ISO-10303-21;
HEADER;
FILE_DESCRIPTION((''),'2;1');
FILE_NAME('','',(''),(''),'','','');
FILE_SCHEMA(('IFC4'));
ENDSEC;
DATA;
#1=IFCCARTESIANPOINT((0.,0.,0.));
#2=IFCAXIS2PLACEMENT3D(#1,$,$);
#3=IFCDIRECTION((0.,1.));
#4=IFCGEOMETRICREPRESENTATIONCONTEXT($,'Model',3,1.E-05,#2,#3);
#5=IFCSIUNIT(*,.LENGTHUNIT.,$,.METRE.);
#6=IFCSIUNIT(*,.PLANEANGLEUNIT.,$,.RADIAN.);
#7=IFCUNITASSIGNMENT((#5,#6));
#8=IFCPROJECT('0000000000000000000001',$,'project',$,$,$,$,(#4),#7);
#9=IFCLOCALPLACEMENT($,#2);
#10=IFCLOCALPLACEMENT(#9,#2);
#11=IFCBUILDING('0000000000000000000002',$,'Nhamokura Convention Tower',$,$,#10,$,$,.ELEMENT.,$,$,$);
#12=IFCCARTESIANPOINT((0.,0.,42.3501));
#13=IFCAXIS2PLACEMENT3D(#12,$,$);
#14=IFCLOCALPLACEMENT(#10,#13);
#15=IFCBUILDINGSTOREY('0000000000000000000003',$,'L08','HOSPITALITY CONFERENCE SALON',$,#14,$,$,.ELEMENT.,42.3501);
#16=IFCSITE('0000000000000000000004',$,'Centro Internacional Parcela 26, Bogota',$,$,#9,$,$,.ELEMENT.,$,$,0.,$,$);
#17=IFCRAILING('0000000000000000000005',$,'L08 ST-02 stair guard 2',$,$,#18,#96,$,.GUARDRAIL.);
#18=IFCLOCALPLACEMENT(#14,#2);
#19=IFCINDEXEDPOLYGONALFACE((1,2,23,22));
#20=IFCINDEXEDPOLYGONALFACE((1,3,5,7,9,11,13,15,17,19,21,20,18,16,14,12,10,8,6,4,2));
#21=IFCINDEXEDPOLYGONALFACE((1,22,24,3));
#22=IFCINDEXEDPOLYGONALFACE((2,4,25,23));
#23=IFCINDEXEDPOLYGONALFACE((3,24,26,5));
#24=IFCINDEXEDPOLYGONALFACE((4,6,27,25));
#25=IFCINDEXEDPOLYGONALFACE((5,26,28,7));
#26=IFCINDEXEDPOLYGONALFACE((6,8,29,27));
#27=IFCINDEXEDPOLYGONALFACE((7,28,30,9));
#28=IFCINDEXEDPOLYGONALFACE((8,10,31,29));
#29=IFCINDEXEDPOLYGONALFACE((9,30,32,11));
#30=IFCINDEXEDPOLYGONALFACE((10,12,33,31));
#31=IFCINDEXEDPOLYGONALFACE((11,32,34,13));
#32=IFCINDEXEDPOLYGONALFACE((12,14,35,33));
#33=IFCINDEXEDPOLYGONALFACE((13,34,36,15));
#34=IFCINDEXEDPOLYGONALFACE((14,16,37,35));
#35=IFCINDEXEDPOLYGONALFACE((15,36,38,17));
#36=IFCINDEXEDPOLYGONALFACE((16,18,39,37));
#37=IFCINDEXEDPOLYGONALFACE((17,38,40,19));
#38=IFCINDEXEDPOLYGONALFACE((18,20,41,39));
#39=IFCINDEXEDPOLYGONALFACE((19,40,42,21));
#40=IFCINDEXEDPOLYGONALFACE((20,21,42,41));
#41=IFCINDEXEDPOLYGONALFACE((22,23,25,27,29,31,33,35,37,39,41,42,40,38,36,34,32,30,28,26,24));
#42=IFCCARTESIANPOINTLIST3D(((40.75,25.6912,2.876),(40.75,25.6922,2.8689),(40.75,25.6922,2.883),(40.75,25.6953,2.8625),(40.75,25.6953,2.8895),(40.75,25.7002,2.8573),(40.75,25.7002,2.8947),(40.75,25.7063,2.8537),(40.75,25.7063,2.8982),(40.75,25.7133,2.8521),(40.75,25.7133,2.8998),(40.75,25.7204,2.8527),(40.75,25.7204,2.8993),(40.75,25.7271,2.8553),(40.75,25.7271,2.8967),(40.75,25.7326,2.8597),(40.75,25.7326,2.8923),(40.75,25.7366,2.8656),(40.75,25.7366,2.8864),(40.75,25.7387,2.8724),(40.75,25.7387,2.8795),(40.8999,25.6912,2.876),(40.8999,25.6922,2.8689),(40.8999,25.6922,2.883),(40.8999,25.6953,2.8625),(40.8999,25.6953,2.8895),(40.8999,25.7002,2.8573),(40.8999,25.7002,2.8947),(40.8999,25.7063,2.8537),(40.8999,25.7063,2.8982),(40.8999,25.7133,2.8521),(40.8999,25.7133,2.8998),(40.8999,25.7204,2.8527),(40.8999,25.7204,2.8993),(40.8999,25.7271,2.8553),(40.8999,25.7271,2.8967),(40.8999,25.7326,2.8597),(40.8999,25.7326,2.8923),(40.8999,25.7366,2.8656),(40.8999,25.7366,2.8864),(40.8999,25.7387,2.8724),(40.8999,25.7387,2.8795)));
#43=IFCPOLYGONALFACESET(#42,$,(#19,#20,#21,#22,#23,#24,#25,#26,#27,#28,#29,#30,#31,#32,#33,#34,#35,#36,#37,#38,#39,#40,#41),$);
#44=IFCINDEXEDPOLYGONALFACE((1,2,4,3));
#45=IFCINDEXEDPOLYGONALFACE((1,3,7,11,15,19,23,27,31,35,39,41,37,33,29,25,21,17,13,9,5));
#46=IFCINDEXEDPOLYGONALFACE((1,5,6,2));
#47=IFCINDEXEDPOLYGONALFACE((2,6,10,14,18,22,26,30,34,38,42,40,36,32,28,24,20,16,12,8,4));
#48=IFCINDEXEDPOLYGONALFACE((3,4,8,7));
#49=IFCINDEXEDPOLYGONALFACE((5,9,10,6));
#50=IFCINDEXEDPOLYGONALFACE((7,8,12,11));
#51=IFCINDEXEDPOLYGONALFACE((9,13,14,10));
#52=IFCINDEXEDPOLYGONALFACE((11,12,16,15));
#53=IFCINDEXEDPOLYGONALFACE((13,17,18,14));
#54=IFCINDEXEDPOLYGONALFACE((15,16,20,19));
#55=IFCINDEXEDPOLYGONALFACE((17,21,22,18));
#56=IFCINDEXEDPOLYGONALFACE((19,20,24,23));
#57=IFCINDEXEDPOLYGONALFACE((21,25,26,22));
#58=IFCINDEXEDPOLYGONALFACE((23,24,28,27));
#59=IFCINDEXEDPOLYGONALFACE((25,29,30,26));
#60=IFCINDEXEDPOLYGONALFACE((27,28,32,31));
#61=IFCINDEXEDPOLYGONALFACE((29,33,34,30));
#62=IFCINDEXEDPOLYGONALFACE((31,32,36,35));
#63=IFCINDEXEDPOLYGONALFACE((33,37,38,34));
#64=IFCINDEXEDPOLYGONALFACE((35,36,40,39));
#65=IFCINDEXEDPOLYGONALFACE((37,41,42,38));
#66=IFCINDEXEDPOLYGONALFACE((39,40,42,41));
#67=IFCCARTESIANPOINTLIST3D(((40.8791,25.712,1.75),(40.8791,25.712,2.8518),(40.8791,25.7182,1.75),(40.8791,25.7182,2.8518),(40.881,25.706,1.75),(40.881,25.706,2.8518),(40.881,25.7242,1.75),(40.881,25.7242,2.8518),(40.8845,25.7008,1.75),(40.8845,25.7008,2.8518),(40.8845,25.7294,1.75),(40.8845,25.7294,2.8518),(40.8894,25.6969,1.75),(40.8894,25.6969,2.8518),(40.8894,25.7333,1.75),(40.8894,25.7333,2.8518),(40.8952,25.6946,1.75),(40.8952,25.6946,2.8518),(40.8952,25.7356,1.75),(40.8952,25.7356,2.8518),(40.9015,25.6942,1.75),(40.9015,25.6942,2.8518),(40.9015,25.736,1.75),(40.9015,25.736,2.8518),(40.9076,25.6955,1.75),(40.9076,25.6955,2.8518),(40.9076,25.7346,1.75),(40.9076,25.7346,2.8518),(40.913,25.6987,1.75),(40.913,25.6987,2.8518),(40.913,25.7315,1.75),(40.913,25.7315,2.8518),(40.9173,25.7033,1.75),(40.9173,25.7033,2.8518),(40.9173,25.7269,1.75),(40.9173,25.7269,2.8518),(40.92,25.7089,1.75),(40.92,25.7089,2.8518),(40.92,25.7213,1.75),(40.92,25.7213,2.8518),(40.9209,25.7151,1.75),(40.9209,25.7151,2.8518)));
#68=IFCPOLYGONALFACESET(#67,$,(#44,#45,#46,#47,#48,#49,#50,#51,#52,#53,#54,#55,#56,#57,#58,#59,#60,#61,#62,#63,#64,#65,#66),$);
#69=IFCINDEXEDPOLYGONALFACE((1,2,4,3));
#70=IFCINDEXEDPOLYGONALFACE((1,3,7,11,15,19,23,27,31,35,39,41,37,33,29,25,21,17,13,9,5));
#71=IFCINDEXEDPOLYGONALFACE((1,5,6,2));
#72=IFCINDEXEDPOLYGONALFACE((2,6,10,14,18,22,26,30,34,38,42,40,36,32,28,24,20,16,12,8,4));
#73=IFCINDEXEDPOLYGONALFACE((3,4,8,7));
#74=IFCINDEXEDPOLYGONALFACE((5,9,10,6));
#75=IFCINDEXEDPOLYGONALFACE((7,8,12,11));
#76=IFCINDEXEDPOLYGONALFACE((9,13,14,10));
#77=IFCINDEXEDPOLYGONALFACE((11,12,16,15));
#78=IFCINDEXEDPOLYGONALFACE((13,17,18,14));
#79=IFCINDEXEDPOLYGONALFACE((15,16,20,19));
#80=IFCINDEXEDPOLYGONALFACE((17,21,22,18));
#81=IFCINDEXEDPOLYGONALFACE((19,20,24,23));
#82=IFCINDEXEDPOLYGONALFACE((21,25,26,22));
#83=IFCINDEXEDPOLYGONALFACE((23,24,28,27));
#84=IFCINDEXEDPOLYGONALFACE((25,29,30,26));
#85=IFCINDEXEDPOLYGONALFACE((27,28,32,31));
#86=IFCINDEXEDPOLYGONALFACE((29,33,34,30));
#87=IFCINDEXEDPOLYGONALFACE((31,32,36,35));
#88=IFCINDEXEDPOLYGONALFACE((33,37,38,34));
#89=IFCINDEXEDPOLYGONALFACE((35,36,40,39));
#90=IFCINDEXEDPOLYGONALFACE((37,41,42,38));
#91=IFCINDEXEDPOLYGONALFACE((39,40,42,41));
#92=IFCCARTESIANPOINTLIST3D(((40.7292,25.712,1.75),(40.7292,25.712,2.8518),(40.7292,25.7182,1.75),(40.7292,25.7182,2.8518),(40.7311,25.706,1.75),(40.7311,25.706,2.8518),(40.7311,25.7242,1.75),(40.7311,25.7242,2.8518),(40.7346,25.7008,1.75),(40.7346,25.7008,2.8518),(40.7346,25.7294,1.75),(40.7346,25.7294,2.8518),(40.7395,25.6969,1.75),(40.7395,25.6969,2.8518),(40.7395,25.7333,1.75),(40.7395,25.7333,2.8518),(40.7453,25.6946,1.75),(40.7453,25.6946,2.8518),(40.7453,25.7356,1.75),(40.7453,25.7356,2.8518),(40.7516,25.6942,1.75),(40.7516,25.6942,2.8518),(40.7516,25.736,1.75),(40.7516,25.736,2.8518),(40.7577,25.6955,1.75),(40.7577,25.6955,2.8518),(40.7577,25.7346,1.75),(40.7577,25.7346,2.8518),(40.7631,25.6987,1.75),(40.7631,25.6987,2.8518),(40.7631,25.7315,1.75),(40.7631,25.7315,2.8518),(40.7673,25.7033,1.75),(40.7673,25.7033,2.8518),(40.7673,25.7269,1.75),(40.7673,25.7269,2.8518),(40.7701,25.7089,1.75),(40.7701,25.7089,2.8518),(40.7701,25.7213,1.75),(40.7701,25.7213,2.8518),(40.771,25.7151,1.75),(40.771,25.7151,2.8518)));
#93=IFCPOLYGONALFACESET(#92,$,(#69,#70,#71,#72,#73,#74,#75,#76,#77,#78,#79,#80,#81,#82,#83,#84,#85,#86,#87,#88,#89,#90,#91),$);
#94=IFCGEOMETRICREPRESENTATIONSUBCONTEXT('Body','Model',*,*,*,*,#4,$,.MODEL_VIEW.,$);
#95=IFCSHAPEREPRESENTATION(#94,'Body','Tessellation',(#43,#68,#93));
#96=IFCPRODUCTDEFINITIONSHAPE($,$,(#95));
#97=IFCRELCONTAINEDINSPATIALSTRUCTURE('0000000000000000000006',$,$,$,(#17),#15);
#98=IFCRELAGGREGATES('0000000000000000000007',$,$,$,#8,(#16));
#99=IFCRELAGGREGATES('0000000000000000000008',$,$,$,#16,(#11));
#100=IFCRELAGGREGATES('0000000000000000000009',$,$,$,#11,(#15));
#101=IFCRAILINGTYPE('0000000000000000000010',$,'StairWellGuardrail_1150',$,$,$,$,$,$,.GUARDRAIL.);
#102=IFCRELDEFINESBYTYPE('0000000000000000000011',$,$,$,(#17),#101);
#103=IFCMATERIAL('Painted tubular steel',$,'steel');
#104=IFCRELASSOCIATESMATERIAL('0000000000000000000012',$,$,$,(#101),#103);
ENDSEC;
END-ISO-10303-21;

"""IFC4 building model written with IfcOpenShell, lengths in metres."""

from ifc_helpers import new_model, si_unit, direction, frame, origin, origin_2d, place, context, subcontext, project, spatial, circle, extrude, material, type_object, element, save


model = new_model("IFC4")

# Units and contexts
model_context = context("Model", 3, precision=1e-05, world=origin(), true_north=direction((0.0, 1.0)))
body_context = subcontext(model_context, "Body", "Model", "MODEL_VIEW")
ifc_project = project(units=[si_unit("LENGTHUNIT", "METRE"), si_unit("PLANEANGLEUNIT", "RADIAN")], contexts=[model_context])

# Site, building, storey
site_placement = place(None, origin())
site = spatial("IfcSite", under=ifc_project, at=site_placement, Name="Centro Internacional Parcela 26, Bogota", CompositionType="ELEMENT", RefElevation=0.0)
building_placement = place(site_placement, origin())
building = spatial("IfcBuilding", under=site, at=building_placement, Name="Nhamokura Convention Tower", CompositionType="ELEMENT")
storey_placement = place(building_placement, frame((0.0, 0.0, 42.3501)))
storey = spatial("IfcBuildingStorey", under=building, at=storey_placement, Name="L08", Description="HOSPITALITY CONFERENCE SALON", CompositionType="ELEMENT", Elevation=42.3501)

# Railing
ifc_material_1 = material(Name="Painted tubular steel", Category="steel")
railing_type_1 = type_object("IfcRailingType", Name="StairWellGuardrail_1150", PredefinedType="GUARDRAIL", material=ifc_material_1)
railing_1_placement = place(storey_placement, frame((40.8999, 25.7151, 1.75)))
element("IfcRailing", 1, at=railing_1_placement, inside=storey, type_object=railing_type_1, Name="L08 ST-02 stair guard 2", PredefinedType="GUARDRAIL", context=body_context, shape_type="SweptSolid", body=[
    extrude(circle(Radius=0.0239, at=origin_2d()), frame((0.0, 0.0, 1.126), z_axis=(-1.0, 0.0, 0.0), x_axis=(0.0, -1.0, 0.0)), (0.0, 0.0, 1.0), 0.1499),
    extrude(circle(Radius=0.021, at=origin_2d()), origin(), (0.0, 0.0, 1.0), 1.1018),
    extrude(circle(Radius=0.021, at=origin_2d()), frame((-0.1499, 0.0, 0.0)), (0.0, 0.0, 1.0), 1.1018),
])

save(model, "model.ifc")
